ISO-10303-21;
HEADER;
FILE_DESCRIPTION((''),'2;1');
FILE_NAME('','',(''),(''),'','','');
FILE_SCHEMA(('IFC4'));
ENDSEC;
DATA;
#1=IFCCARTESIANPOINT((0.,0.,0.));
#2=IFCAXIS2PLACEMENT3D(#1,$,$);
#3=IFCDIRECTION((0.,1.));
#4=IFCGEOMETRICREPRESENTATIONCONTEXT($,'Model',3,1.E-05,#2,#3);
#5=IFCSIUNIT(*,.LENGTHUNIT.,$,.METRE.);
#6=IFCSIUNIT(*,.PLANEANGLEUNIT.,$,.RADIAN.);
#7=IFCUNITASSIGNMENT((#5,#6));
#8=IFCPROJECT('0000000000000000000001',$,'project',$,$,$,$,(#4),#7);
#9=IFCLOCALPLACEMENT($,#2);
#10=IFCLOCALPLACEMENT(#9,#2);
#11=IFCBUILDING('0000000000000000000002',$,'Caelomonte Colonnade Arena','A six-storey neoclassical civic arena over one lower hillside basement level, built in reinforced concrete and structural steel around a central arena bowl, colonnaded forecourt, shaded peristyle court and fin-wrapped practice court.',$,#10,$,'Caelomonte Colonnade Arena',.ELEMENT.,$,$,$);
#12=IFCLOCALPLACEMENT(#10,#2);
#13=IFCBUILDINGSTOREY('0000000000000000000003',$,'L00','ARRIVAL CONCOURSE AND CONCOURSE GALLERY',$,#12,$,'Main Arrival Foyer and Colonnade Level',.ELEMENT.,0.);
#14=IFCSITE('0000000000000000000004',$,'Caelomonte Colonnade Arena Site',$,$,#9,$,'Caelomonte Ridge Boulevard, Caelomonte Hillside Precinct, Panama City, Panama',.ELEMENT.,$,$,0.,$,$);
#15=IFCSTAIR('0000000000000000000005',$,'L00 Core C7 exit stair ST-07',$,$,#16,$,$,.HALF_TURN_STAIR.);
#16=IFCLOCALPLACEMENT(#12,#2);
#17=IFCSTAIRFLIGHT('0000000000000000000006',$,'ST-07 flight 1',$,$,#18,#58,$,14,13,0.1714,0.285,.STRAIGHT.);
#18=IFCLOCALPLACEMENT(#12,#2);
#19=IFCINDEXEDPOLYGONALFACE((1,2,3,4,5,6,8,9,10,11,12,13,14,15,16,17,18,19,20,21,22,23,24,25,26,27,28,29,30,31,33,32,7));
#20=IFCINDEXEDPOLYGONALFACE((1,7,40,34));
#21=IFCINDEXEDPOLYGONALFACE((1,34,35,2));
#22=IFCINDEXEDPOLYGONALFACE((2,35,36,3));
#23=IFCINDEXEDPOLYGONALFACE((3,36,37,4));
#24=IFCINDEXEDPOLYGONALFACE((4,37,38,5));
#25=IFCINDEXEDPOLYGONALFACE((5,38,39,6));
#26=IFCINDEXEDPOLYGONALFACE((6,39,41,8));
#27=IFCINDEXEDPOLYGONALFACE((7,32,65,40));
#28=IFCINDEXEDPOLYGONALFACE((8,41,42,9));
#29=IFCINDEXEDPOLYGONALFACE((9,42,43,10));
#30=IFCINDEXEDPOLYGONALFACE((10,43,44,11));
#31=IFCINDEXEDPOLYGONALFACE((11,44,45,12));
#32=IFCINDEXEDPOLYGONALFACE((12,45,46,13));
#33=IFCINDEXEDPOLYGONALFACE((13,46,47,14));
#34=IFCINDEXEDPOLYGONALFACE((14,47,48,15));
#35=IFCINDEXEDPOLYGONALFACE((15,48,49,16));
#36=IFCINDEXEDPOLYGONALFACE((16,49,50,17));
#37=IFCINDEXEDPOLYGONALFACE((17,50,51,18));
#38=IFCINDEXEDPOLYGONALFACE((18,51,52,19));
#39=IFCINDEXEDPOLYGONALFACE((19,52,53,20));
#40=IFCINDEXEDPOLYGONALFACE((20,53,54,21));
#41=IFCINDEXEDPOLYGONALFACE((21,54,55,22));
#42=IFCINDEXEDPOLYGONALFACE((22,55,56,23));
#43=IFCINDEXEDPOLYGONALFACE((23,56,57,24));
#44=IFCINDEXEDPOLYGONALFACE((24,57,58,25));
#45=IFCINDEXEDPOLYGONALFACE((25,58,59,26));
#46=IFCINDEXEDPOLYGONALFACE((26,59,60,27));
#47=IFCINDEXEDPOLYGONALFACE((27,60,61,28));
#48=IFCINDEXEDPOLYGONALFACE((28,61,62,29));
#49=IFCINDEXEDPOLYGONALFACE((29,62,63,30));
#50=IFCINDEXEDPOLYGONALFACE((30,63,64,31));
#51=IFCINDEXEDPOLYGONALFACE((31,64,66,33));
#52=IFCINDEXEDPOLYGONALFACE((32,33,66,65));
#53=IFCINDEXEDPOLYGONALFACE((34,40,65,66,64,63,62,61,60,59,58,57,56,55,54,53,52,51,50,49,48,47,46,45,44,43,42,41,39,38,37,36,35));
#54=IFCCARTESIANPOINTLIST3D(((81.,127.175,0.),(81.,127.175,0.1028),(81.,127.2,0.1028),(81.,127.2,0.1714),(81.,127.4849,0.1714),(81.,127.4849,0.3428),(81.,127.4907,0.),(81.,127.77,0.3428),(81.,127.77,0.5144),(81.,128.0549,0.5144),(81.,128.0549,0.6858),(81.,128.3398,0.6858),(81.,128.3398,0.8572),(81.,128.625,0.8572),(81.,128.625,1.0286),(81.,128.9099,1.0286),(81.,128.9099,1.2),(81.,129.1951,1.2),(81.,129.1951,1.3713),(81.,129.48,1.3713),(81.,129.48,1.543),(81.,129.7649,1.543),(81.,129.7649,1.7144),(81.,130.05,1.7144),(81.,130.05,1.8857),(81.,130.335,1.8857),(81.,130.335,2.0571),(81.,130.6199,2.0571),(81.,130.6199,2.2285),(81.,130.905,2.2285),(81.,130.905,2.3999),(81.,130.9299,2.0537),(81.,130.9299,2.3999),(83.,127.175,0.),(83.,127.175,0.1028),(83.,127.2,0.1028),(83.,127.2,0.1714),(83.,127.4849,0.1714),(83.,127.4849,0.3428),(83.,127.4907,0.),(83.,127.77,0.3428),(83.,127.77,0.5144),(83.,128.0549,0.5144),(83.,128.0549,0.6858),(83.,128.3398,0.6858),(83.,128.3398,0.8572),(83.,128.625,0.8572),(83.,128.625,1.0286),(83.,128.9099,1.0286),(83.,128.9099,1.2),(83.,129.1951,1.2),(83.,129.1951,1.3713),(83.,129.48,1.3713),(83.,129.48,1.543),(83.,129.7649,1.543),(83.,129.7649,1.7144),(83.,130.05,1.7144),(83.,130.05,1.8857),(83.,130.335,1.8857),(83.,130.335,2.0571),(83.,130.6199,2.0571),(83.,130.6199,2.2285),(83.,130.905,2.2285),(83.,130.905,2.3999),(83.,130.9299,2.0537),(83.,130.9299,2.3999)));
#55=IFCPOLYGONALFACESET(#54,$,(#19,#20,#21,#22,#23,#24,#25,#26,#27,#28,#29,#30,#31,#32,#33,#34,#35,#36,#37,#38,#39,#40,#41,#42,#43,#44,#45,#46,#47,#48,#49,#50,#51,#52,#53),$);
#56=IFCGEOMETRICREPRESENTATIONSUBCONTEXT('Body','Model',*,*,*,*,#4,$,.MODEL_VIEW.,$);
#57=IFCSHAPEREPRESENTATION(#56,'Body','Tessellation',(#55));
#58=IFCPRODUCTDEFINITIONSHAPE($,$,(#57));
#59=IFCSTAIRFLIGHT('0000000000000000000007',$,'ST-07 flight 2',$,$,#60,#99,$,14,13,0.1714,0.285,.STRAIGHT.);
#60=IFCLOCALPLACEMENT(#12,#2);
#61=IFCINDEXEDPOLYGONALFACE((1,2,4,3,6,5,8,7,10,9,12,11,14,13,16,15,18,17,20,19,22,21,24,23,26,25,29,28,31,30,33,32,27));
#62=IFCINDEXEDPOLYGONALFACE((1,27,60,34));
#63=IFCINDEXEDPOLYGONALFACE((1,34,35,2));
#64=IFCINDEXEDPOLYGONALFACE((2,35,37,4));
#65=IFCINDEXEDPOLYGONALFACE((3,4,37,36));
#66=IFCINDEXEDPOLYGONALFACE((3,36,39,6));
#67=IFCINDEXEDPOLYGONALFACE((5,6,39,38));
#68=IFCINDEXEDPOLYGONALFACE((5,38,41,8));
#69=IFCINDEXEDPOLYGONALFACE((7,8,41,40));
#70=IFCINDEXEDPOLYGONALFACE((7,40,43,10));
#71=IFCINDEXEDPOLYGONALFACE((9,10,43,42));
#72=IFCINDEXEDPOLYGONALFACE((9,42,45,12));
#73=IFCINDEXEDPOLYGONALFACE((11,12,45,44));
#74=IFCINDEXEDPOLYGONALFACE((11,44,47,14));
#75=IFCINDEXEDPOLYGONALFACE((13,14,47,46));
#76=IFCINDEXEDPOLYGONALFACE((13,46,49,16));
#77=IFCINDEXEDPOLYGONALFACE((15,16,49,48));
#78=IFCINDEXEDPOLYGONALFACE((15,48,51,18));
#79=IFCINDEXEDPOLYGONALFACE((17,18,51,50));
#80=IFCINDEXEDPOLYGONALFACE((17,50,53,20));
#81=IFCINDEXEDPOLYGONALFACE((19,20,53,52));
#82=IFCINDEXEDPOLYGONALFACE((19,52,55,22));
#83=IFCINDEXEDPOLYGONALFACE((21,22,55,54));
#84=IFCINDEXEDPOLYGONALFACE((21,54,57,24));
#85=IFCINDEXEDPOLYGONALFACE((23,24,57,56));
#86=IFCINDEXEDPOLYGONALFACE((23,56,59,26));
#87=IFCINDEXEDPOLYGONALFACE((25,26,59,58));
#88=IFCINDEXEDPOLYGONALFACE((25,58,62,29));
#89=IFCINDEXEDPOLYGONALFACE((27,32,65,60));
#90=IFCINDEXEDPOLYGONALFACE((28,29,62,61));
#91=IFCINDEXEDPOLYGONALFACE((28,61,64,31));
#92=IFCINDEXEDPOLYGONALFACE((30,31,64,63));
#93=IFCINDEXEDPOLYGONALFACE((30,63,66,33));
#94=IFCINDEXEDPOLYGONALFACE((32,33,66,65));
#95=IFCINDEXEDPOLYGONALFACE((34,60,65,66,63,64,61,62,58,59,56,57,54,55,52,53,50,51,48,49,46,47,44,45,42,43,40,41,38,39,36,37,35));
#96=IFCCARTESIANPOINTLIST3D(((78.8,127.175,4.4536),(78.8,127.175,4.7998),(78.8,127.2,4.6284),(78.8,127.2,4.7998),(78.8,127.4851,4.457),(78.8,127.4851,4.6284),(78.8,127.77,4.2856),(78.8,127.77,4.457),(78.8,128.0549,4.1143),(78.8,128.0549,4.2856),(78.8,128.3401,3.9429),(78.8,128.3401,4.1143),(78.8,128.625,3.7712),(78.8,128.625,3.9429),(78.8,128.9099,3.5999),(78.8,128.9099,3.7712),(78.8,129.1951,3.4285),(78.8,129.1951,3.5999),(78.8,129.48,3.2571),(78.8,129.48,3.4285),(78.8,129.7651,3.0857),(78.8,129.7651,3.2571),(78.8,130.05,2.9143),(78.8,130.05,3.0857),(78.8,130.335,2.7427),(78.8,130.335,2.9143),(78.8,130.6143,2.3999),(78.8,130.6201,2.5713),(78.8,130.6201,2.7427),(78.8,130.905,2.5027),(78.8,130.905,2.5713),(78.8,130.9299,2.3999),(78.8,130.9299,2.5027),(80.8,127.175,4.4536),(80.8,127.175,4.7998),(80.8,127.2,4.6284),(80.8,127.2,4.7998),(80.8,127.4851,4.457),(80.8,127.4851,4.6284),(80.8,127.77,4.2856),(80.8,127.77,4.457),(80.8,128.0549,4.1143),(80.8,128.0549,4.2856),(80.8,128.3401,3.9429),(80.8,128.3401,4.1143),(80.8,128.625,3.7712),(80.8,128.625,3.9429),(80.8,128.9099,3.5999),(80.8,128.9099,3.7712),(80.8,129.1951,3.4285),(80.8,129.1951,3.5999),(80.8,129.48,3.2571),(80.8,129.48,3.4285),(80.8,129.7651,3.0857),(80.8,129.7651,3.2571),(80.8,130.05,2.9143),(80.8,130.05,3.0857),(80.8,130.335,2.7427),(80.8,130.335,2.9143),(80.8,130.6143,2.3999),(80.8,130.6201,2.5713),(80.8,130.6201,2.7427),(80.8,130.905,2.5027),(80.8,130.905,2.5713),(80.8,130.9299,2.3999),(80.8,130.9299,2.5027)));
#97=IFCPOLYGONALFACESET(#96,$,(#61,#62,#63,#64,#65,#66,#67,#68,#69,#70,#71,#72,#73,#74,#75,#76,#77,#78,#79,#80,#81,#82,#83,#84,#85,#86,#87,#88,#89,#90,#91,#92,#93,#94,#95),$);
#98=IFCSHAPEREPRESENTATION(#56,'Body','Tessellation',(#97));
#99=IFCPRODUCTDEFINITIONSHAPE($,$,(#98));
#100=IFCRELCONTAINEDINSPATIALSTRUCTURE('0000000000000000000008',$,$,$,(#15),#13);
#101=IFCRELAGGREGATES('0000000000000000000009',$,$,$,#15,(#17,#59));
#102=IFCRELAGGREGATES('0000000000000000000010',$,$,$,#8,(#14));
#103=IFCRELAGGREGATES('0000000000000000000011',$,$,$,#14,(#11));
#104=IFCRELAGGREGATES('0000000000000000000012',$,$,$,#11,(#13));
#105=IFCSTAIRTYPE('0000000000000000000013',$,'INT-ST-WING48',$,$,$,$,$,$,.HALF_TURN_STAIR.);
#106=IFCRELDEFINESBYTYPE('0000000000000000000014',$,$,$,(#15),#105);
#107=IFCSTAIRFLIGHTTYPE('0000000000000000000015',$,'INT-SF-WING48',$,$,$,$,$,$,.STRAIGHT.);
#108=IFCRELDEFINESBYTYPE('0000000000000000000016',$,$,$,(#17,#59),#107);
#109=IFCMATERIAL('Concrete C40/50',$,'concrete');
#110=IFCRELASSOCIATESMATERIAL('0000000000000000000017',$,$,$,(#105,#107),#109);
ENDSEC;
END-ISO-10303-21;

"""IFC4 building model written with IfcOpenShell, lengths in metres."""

from ifc_helpers import new_model, si_unit, direction, frame, origin, place, context, subcontext, project, spatial, polyline, outline, extrude, material, type_object, element, aggregate, save


model = new_model("IFC4")

# Units and contexts
model_context = context("Model", 3, precision=1e-05, world=origin(), true_north=direction((0.0, 1.0)))
body_context = subcontext(model_context, "Body", "Model", "MODEL_VIEW")
ifc_project = project(units=[si_unit("LENGTHUNIT", "METRE"), si_unit("PLANEANGLEUNIT", "RADIAN")], contexts=[model_context])

# Site, building, storey
site_placement = place(None, origin())
site = spatial("IfcSite", under=ifc_project, at=site_placement, Name="Caelomonte Colonnade Arena Site", LongName="Caelomonte Ridge Boulevard, Caelomonte Hillside Precinct, Panama City, Panama", CompositionType="ELEMENT", RefElevation=0.0)
building_placement = place(site_placement, origin())
building = spatial("IfcBuilding", under=site, at=building_placement, Name="Caelomonte Colonnade Arena", Description="A six-storey neoclassical civic arena over one lower hillside basement level, built in reinforced concrete and structural steel around a central arena bowl, colonnaded forecourt, shaded peristyle court and fin-wrapped practice court.", LongName="Caelomonte Colonnade Arena", CompositionType="ELEMENT")
storey_placement = place(building_placement, origin())
storey = spatial("IfcBuildingStorey", under=building, at=storey_placement, Name="L00", Description="ARRIVAL CONCOURSE AND CONCOURSE GALLERY", LongName="Main Arrival Foyer and Colonnade Level", CompositionType="ELEMENT", Elevation=0.0)

# Shared definitions
ifc_material_1 = material(Name="Concrete C40/50", Category="concrete")

# Stair, stair flights
stair_type = type_object("IfcStairType", Name="INT-ST-WING48", PredefinedType="HALF_TURN_STAIR", material=ifc_material_1)
stair_placement = place(storey_placement, origin())
stair = element("IfcStair", 1, at=stair_placement, inside=storey, type_object=stair_type, Name="L00 Core C7 exit stair ST-07", PredefinedType="HALF_TURN_STAIR")
stair_flight_type = type_object("IfcStairFlightType", Name="INT-SF-WING48", PredefinedType="STRAIGHT", material=ifc_material_1)
stair_flight_1_placement = place(storey_placement, frame((82.0, 127.2, 0.0), z_axis=(0.0, 0.0, 1.0), x_axis=(0.0, 1.0, 0.0)))
stair_flight_1 = element("IfcStairFlight", 2, at=stair_flight_1_placement, type_object=stair_flight_type, Name="ST-07 flight 1", NumberOfRisers=14, NumberOfTreads=13, PredefinedType="STRAIGHT", RiserHeight=0.1714, TreadLength=0.285, context=body_context, shape_type="SweptSolid", body=[
    extrude(outline(polyline([(-0.0249, 0.0), (-0.0249, 0.1028), (0.0, 0.1028), (0.0, 0.1714), (0.2849, 0.1714), (0.2849, 0.3428), (0.5701, 0.3428), (0.5701, 0.5144), (0.855, 0.5144), (0.855, 0.6858), (1.1399, 0.6858), (1.1399, 0.8572), (1.425, 0.8572), (1.425, 1.0286), (1.71, 1.0286), (1.71, 1.2), (1.9951, 1.2), (1.9951, 1.3713), (2.28, 1.3713), (2.28, 1.543), (2.5649, 1.543), (2.5649, 1.7144), (2.8501, 1.7144), (2.8501, 1.8857), (3.135, 1.8857), (3.135, 2.0571), (3.4199, 2.0571), (3.4199, 2.2285), (3.7051, 2.2285), (3.7051, 2.3999), (3.73, 2.3999), (3.73, 2.0537), (0.2908, 0.0), (-0.0249, 0.0)])), frame((0.0, 1.0, 0.0), z_axis=(0.0, -1.0, 0.0), x_axis=(1.0, 0.0, 0.0)), (0.0, 0.0, 1.0), 2.0),
])
stair_flight_2_placement = place(storey_placement, frame((79.8, 130.905, 2.3999), z_axis=(0.0, 0.0, 1.0), x_axis=(0.0, -1.0, 0.0)))
stair_flight_2 = element("IfcStairFlight", 3, at=stair_flight_2_placement, type_object=stair_flight_type, Name="ST-07 flight 2", NumberOfRisers=14, NumberOfTreads=13, PredefinedType="STRAIGHT", RiserHeight=0.1714, TreadLength=0.285, context=body_context, shape_type="SweptSolid", body=[
    extrude(outline(polyline([(-0.0249, 0.0), (-0.0249, 0.1028), (0.0, 0.1028), (0.0, 0.1714), (0.2849, 0.1714), (0.2849, 0.3428), (0.5701, 0.3428), (0.5701, 0.5144), (0.855, 0.5144), (0.855, 0.6858), (1.1399, 0.6858), (1.1399, 0.8572), (1.425, 0.8572), (1.425, 1.0286), (1.71, 1.0286), (1.71, 1.2), (1.9951, 1.2), (1.9951, 1.3713), (2.28, 1.3713), (2.28, 1.543), (2.5649, 1.543), (2.5649, 1.7144), (2.8501, 1.7144), (2.8501, 1.8857), (3.135, 1.8857), (3.135, 2.0571), (3.4199, 2.0571), (3.4199, 2.2285), (3.7051, 2.2285), (3.7051, 2.3999), (3.73, 2.3999), (3.73, 2.0537), (0.2908, 0.0), (-0.0249, 0.0)])), frame((0.0, 1.0, 0.0), z_axis=(0.0, -1.0, 0.0), x_axis=(1.0, 0.0, 0.0)), (0.0, 0.0, 1.0), 2.0),
])
aggregate(stair, [stair_flight_1, stair_flight_2])

save(model, "model.ifc")
